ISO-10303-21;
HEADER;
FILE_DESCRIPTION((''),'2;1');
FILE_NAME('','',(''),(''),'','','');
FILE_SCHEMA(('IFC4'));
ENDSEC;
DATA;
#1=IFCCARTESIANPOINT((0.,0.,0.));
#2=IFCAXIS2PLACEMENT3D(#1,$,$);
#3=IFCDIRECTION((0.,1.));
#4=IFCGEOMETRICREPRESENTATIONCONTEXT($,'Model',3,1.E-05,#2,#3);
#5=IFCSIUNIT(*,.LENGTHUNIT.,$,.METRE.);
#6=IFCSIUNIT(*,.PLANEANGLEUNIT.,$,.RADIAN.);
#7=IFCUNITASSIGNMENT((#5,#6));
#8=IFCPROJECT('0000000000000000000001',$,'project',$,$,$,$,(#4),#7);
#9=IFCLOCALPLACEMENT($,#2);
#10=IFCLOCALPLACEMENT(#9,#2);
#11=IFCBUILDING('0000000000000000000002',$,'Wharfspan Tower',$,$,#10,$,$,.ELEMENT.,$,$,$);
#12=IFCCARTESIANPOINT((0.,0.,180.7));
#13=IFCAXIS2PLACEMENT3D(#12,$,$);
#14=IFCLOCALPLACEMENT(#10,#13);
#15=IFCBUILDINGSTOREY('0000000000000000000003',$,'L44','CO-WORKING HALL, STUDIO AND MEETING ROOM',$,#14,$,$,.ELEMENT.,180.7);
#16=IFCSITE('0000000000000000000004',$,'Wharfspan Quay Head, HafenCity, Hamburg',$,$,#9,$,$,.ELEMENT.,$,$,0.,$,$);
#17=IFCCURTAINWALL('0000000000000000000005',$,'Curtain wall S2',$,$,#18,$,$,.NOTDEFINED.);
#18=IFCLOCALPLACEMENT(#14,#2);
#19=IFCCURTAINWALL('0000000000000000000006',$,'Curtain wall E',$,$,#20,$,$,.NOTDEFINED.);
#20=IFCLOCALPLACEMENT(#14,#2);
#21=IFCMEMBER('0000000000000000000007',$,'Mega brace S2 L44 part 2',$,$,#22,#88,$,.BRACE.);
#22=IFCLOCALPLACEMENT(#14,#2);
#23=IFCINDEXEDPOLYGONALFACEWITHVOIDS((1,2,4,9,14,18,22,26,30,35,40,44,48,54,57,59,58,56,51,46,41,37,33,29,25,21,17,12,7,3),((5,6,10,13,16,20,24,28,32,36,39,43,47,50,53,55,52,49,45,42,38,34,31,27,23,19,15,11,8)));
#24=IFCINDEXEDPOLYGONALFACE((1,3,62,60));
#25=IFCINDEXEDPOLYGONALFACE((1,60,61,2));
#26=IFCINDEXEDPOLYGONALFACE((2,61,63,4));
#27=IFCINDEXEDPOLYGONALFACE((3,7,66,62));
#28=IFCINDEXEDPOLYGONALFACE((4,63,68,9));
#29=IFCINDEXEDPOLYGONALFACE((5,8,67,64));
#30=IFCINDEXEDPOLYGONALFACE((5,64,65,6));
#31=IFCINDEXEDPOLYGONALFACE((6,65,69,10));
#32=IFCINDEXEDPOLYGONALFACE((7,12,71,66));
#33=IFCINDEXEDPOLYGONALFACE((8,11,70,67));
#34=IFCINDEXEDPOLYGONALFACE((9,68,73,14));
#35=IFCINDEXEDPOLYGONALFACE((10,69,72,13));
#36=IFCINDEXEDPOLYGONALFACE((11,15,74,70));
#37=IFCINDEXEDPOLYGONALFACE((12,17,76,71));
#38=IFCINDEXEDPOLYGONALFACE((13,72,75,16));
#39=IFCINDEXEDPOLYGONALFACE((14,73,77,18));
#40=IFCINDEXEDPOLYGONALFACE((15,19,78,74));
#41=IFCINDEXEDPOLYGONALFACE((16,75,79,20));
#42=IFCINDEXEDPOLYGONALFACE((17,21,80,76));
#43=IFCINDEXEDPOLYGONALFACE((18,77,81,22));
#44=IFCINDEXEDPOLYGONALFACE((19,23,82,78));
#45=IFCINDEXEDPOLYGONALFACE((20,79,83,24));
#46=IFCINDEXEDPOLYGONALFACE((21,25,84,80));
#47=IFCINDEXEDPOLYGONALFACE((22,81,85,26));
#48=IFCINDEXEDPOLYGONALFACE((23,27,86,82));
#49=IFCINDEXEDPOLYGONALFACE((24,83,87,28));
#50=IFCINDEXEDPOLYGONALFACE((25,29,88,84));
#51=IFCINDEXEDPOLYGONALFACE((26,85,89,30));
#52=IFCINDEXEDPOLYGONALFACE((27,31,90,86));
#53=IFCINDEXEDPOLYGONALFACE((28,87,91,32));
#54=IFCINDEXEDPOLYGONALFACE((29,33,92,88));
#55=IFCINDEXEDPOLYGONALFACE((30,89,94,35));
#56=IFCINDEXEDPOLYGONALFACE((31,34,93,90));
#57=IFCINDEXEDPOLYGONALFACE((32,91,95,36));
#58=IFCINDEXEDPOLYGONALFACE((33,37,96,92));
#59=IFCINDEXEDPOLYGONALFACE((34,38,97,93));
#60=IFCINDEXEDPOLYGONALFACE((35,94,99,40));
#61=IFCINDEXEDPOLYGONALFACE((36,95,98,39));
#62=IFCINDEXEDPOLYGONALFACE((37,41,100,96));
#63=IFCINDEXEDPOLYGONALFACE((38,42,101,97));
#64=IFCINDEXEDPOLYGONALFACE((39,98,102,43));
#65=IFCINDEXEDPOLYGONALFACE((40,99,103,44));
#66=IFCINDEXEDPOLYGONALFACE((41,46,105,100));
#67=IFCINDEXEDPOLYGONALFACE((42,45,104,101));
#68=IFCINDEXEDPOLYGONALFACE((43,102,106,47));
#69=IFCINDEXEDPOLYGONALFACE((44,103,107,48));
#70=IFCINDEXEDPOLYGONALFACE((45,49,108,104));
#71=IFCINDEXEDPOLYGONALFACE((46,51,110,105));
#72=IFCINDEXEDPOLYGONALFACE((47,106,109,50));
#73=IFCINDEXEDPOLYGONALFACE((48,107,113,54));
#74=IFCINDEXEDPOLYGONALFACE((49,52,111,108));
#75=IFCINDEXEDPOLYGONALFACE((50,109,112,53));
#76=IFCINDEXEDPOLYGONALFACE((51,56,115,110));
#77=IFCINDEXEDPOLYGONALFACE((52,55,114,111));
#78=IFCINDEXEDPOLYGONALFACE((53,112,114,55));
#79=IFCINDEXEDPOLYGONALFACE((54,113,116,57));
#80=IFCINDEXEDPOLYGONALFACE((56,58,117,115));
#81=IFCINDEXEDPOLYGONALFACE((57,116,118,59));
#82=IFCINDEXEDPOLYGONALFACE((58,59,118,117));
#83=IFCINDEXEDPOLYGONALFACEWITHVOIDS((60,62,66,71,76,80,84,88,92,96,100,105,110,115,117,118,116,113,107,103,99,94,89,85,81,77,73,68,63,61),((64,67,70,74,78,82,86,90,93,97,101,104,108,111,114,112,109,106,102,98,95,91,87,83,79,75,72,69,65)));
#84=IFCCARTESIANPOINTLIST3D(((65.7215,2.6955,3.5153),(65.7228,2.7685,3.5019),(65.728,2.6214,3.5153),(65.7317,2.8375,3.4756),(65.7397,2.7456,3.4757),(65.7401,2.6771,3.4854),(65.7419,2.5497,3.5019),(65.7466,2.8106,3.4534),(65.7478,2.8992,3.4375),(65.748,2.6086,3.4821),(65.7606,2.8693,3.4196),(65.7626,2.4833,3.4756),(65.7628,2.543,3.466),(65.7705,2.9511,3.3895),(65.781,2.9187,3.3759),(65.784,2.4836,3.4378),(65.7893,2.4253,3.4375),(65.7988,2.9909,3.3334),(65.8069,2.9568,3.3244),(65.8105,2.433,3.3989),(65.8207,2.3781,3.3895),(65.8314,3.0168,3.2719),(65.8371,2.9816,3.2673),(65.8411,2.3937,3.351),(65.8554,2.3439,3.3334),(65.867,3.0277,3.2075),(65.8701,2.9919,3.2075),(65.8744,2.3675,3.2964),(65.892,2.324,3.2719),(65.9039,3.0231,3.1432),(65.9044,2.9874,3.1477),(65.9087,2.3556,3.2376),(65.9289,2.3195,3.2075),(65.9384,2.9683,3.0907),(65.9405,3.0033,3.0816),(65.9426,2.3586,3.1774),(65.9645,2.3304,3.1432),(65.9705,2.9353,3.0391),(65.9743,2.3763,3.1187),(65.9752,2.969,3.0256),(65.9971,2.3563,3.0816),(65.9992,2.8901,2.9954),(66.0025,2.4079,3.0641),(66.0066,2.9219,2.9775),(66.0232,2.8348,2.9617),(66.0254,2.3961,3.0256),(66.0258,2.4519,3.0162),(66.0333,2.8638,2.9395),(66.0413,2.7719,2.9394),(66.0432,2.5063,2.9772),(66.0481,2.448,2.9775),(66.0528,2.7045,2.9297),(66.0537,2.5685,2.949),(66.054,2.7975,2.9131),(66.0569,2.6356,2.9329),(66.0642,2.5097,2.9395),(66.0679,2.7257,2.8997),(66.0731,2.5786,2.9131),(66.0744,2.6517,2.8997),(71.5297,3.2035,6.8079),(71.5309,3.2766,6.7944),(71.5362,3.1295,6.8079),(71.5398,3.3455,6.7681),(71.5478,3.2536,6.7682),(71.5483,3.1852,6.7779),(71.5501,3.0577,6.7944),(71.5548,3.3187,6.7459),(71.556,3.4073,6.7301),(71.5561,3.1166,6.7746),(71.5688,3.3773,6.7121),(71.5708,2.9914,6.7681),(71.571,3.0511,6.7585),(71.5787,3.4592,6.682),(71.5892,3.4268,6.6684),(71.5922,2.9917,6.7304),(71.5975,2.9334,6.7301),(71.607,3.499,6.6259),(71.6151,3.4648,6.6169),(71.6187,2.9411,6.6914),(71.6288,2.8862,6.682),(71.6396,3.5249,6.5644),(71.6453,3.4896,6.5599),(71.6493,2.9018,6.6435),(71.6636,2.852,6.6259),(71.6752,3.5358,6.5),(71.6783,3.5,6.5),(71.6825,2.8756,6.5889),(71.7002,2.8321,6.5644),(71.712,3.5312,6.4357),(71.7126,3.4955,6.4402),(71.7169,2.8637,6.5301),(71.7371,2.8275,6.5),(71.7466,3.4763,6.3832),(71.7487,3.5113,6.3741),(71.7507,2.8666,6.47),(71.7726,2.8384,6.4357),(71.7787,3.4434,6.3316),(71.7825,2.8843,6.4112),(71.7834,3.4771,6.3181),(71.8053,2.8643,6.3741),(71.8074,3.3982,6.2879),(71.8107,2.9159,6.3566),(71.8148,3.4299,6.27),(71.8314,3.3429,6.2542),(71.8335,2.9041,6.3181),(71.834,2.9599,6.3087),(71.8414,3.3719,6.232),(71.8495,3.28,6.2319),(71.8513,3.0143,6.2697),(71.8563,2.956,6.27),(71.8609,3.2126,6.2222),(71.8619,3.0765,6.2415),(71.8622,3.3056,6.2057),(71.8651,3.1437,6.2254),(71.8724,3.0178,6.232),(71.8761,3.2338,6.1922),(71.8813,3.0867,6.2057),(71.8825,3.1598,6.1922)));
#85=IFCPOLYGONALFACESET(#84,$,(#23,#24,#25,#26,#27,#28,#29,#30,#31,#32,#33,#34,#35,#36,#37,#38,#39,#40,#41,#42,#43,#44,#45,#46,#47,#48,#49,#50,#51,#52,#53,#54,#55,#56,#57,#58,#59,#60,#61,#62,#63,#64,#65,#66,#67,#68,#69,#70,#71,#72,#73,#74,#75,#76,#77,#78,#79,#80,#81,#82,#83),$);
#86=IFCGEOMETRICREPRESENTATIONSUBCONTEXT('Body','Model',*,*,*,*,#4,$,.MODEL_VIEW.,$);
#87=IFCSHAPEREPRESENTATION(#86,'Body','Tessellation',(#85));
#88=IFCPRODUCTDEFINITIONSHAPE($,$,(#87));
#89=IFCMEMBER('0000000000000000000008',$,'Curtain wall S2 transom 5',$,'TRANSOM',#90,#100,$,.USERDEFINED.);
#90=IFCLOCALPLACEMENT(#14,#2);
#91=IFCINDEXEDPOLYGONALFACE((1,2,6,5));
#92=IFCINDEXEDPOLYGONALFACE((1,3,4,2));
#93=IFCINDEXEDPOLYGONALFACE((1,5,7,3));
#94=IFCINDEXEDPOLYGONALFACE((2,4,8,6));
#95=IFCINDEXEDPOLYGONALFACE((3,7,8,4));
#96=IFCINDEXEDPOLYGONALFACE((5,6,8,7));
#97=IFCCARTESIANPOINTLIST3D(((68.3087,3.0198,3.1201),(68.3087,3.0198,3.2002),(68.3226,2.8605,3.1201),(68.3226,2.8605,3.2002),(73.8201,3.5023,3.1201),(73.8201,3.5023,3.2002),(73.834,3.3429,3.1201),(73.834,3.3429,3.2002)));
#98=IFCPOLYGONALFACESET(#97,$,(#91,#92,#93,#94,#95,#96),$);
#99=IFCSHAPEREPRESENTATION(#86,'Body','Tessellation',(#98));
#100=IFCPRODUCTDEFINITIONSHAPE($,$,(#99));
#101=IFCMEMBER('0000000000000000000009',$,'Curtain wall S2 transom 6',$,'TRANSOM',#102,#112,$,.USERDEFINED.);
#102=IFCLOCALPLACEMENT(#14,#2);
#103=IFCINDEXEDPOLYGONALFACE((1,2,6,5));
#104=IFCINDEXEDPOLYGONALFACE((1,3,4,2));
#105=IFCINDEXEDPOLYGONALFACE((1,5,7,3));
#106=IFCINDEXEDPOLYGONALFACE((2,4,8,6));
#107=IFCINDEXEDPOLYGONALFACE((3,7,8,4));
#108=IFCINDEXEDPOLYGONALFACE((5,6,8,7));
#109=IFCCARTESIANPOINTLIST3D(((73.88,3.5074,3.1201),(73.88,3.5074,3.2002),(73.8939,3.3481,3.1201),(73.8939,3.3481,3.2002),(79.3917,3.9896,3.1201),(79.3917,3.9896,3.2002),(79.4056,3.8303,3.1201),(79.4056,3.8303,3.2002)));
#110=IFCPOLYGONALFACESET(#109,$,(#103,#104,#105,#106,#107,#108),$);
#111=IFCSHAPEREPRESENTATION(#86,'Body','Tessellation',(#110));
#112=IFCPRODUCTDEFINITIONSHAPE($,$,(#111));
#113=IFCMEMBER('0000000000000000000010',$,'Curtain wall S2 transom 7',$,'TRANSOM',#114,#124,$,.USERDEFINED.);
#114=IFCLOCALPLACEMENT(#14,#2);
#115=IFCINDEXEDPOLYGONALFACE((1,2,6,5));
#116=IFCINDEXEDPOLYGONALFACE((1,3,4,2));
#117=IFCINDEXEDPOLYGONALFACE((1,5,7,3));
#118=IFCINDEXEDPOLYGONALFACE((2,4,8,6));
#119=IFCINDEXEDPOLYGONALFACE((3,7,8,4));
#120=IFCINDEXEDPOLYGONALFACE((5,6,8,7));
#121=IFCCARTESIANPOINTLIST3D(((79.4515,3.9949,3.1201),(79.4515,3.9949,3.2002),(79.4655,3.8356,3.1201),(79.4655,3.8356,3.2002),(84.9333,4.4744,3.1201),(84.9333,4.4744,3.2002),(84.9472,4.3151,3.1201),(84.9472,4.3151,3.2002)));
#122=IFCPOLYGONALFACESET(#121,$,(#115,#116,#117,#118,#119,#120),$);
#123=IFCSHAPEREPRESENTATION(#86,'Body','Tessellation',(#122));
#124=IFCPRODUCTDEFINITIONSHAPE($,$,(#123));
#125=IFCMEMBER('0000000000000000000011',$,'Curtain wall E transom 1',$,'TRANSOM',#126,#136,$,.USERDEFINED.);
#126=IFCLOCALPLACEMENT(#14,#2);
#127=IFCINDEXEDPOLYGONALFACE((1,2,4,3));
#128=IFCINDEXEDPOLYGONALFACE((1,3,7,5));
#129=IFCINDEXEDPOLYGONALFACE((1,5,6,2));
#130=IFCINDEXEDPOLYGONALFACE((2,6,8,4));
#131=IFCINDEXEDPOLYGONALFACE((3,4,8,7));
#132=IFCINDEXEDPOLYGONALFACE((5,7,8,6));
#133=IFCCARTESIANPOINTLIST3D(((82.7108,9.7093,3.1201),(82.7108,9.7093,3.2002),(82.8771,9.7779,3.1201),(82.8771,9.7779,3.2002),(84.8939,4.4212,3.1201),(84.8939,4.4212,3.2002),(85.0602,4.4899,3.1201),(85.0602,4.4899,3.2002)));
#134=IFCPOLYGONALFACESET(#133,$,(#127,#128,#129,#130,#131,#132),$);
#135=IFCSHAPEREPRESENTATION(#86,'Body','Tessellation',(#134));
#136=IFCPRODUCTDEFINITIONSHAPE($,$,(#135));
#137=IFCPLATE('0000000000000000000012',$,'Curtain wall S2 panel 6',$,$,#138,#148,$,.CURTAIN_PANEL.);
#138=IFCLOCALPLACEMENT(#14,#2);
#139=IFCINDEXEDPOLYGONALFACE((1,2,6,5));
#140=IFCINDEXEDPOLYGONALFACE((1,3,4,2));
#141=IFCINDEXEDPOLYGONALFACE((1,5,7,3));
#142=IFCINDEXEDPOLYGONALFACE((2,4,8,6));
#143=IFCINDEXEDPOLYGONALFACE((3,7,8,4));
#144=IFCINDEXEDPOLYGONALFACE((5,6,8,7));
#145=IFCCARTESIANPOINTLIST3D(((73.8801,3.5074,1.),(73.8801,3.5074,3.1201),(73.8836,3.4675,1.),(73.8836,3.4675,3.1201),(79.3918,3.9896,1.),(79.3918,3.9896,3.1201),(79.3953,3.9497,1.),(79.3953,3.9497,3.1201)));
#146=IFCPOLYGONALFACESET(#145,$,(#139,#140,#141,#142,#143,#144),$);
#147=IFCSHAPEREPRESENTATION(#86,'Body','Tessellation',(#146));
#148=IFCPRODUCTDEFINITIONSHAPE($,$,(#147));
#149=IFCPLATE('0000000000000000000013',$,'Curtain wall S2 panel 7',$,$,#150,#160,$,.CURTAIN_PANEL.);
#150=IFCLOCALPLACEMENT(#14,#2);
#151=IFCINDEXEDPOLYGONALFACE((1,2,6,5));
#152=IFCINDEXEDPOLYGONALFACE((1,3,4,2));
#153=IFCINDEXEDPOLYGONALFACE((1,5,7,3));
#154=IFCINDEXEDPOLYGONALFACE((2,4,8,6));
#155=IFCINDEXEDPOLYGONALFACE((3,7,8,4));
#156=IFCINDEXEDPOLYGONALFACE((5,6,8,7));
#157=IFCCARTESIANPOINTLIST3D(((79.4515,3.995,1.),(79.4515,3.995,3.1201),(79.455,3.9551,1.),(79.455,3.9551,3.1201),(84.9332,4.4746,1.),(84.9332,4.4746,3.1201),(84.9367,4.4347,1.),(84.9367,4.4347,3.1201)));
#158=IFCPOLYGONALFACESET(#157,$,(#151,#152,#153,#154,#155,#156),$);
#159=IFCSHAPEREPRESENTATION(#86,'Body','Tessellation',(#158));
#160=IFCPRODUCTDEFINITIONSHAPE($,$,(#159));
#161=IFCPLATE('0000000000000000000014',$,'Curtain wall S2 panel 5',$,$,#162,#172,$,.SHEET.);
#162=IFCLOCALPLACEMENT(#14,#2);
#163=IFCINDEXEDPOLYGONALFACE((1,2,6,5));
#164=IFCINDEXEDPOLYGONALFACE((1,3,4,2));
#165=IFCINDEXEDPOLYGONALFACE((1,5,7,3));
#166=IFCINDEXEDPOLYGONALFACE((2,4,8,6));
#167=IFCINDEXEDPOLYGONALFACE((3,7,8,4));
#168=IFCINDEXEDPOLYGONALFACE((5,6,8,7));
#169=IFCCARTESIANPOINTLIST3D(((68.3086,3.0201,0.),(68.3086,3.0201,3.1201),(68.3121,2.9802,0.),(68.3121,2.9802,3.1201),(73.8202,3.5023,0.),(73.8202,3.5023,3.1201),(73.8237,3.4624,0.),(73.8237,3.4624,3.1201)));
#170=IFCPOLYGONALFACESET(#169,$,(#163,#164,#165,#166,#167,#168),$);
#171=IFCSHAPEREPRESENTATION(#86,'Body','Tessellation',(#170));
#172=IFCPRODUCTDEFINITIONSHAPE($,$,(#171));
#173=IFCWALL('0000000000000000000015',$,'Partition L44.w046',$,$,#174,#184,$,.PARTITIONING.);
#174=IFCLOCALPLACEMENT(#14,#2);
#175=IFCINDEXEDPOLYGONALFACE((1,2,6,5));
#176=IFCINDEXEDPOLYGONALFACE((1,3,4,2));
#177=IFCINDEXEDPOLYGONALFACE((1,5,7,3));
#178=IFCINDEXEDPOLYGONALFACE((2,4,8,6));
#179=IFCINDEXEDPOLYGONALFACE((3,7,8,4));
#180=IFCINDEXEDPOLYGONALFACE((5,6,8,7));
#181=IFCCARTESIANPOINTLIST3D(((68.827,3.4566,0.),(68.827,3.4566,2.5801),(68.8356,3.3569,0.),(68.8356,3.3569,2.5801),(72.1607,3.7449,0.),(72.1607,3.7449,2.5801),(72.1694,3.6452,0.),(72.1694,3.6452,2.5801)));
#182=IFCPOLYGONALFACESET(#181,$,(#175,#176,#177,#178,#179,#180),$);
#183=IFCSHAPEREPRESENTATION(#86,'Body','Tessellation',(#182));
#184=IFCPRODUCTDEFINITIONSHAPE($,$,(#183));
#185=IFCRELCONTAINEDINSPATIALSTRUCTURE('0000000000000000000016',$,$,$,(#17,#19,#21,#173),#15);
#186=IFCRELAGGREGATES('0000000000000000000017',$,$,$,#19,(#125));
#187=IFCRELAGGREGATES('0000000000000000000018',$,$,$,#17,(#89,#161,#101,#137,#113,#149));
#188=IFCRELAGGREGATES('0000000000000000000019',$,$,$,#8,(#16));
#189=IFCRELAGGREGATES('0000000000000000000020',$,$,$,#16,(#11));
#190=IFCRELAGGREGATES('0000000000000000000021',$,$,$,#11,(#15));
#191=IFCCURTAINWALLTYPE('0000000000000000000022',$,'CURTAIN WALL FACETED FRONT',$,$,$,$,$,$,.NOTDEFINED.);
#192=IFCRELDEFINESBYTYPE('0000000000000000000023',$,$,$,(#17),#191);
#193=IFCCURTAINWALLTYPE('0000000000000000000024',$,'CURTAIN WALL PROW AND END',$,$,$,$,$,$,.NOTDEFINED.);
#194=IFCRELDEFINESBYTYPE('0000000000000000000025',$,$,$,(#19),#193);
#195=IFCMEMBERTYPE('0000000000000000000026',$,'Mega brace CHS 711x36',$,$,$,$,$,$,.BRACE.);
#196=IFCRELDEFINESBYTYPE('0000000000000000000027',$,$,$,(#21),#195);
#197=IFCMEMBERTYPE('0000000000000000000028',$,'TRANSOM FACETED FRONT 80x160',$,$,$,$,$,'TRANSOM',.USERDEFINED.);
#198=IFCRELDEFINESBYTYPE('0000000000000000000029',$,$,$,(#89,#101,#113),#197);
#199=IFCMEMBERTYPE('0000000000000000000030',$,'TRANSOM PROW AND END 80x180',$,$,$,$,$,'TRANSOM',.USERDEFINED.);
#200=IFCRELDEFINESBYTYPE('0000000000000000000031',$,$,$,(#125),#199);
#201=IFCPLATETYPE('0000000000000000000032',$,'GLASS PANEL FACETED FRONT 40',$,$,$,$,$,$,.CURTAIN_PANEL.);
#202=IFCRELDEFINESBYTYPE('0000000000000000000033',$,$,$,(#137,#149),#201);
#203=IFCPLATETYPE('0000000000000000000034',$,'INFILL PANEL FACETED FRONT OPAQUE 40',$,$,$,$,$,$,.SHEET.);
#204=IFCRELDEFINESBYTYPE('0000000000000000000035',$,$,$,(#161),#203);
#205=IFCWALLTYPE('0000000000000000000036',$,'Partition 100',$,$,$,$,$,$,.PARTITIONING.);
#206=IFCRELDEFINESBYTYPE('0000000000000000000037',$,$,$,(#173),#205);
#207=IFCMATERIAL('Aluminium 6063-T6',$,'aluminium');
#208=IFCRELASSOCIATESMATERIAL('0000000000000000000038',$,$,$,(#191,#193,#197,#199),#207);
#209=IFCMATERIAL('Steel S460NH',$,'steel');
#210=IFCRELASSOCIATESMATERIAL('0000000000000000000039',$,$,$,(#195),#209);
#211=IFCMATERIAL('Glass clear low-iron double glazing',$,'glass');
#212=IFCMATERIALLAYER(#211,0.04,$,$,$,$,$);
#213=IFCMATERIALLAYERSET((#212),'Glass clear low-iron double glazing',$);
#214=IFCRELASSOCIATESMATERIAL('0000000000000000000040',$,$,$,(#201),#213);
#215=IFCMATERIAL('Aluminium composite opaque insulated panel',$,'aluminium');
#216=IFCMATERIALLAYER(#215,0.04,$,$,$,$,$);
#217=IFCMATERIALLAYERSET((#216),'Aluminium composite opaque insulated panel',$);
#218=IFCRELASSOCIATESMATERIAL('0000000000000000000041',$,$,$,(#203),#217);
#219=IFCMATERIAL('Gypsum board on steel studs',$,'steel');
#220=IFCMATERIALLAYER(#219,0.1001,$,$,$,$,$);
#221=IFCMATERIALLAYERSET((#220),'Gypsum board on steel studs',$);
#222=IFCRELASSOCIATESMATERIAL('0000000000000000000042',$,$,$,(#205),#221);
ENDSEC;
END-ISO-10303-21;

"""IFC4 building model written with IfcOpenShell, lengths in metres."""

from ifc_helpers import new_model, si_unit, direction, frame, frame_2d, origin, origin_2d, place, context, subcontext, project, spatial, rectangle, hollow_circle, extrude, material, layer, layer_set, material_profile, profile_set, type_object, element, aggregate, save


model = new_model("IFC4")

# Units and contexts
model_context = context("Model", 3, precision=1e-05, world=origin(), true_north=direction((0.0, 1.0)))
body_context = subcontext(model_context, "Body", "Model", "MODEL_VIEW")
ifc_project = project(units=[si_unit("LENGTHUNIT", "METRE"), si_unit("PLANEANGLEUNIT", "RADIAN")], contexts=[model_context])

# Site, building, storey
site_placement = place(None, origin())
site = spatial("IfcSite", under=ifc_project, at=site_placement, Name="Wharfspan Quay Head, HafenCity, Hamburg", CompositionType="ELEMENT", RefElevation=0.0)
building_placement = place(site_placement, origin())
building = spatial("IfcBuilding", under=site, at=building_placement, Name="Wharfspan Tower", CompositionType="ELEMENT")
storey_placement = place(building_placement, frame((0.0, 0.0, 180.7)))
storey = spatial("IfcBuildingStorey", under=building, at=storey_placement, Name="L44", Description="CO-WORKING HALL, STUDIO AND MEETING ROOM", CompositionType="ELEMENT", Elevation=180.7)

# Curtain wall
ifc_material_1 = material(Name="Aluminium 6063-T6", Category="aluminium")
curtain_wall_type_1 = type_object("IfcCurtainWallType", Name="CURTAIN WALL FACETED FRONT", PredefinedType="NOTDEFINED", material=ifc_material_1)
curtain_wall_1_placement = place(storey_placement, origin())
curtain_wall_1 = element("IfcCurtainWall", 1, at=curtain_wall_1_placement, inside=storey, type_object=curtain_wall_type_1, Name="Curtain wall S2", PredefinedType="NOTDEFINED")

# Curtain wall
curtain_wall_type_2 = type_object("IfcCurtainWallType", Name="CURTAIN WALL PROW AND END", PredefinedType="NOTDEFINED", material=ifc_material_1)
curtain_wall_2_placement = place(storey_placement, origin())
curtain_wall_2 = element("IfcCurtainWall", 2, at=curtain_wall_2_placement, inside=storey, type_object=curtain_wall_type_2, Name="Curtain wall E", PredefinedType="NOTDEFINED")

# Members
ifc_material_2 = material(Name="Steel S460NH", Category="steel")
ifc_material_profile_1 = material_profile(ifc_material_2, hollow_circle(Radius=0.3555, WallThickness=0.0359, at=origin_2d()))
ifc_profile_set_1 = profile_set([ifc_material_profile_1], Name="Steel S460NH")
member_type_1 = type_object("IfcMemberType", Name="Mega brace CHS 711x36", PredefinedType="BRACE", material=ifc_profile_set_1)
member_1_placement = place(storey_placement, frame((65.8979, 2.6736, 3.2075), z_axis=(0.867436, 0.075878, 0.491729), x_axis=(-0.08714, 0.996196, -0.000002)))
element("IfcMember", 3, at=member_1_placement, inside=storey, type_object=member_type_1, Name="Mega brace S2 L44 part 2", PredefinedType="BRACE", context=body_context, shape_type="SweptSolid", body=[
    extrude(hollow_circle(Radius=0.3555, WallThickness=0.0359, at=origin_2d()), origin(), (0.0, 0.0, 1.0), 6.6958),
])
ifc_material_profile_2 = material_profile(ifc_material_1, rectangle(XDim=0.1599, YDim=0.0801, at=origin_2d()))
ifc_profile_set_2 = profile_set([ifc_material_profile_2], Name="Aluminium 6063-T6")
member_type_2 = type_object("IfcMemberType", Name="TRANSOM FACETED FRONT 80x160", ElementType="TRANSOM", PredefinedType="USERDEFINED", material=ifc_profile_set_2)
member_2_placement = place(storey_placement, frame((68.3157, 2.9402, 3.1602), z_axis=(0.996191, 0.087197, 0.0), x_axis=(-0.087197, 0.996191, 0.0)))
member_2 = element("IfcMember", 4, at=member_2_placement, type_object=member_type_2, Name="Curtain wall S2 transom 5", ObjectType="TRANSOM", PredefinedType="USERDEFINED", context=body_context, shape_type="SweptSolid", body=[
    extrude(rectangle(XDim=0.1599, YDim=0.0801, at=origin_2d()), origin(), (0.0, 0.0, 1.0), 5.5325),
])
member_3_placement = place(storey_placement, frame((73.887, 3.4277, 3.1602), z_axis=(0.996195, 0.087149, 0.0), x_axis=(-0.087149, 0.996195, 0.0)))
member_3 = element("IfcMember", 5, at=member_3_placement, type_object=member_type_2, Name="Curtain wall S2 transom 6", ObjectType="TRANSOM", PredefinedType="USERDEFINED", context=body_context, shape_type="SweptSolid", body=[
    extrude(rectangle(XDim=0.1599, YDim=0.0801, at=origin_2d()), origin(), (0.0, 0.0, 1.0), 5.5327),
])
member_4_placement = place(storey_placement, frame((79.4585, 3.9153, 3.1602), z_axis=(0.996196, 0.087139, 0.0), x_axis=(-0.087139, 0.996196, 0.0)))
member_4 = element("IfcMember", 6, at=member_4_placement, type_object=member_type_2, Name="Curtain wall S2 transom 7", ObjectType="TRANSOM", PredefinedType="USERDEFINED", context=body_context, shape_type="SweptSolid", body=[
    extrude(rectangle(XDim=0.1599, YDim=0.0801, at=origin_2d()), origin(), (0.0, 0.0, 1.0), 5.5027),
])
ifc_material_profile_3 = material_profile(ifc_material_1, rectangle(XDim=0.1799, YDim=0.0801, at=origin_2d()))
ifc_profile_set_3 = profile_set([ifc_material_profile_3], Name="Aluminium 6063-T6")
member_type_3 = type_object("IfcMemberType", Name="TRANSOM PROW AND END 80x180", ElementType="TRANSOM", PredefinedType="USERDEFINED", material=ifc_profile_set_3)
member_5_placement = place(storey_placement, frame((84.9771, 4.4556, 3.1602), z_axis=(-0.381595, 0.924329, 0.0), x_axis=(-0.924329, -0.381595, 0.0)))
member_5 = element("IfcMember", 7, at=member_5_placement, type_object=member_type_3, Name="Curtain wall E transom 1", ObjectType="TRANSOM", PredefinedType="USERDEFINED", context=body_context, shape_type="SweptSolid", body=[
    extrude(rectangle(XDim=0.1799, YDim=0.0801, at=origin_2d()), origin(), (0.0, 0.0, 1.0), 5.7209),
])
aggregate(curtain_wall_2, [member_5])

# Plates
ifc_material_3 = material(Name="Glass clear low-iron double glazing", Category="glass")
ifc_layer_1 = layer(ifc_material_3, 0.04)
ifc_layer_set_1 = layer_set([ifc_layer_1], Name="Glass clear low-iron double glazing")
plate_type_1 = type_object("IfcPlateType", Name="GLASS PANEL FACETED FRONT 40", PredefinedType="CURTAIN_PANEL", material=ifc_layer_set_1)
plate_1_placement = place(storey_placement, frame((76.6377, 3.7285, 1.0), z_axis=(0.0, 0.0, 1.0), x_axis=(0.996198, 0.087156, 0.0)))
plate_1 = element("IfcPlate", 8, at=plate_1_placement, type_object=plate_type_1, Name="Curtain wall S2 panel 6", PredefinedType="CURTAIN_PANEL", context=body_context, shape_type="SweptSolid", body=[
    extrude(rectangle(XDim=5.5327, YDim=0.04, at=origin_2d()), origin(), (0.0, 0.0, 1.0), 2.1201),
])
plate_2_placement = place(storey_placement, frame((82.1941, 4.2148, 1.0), z_axis=(0.0, 0.0, 1.0), x_axis=(0.996198, 0.087156, 0.0)))
plate_2 = element("IfcPlate", 9, at=plate_2_placement, type_object=plate_type_1, Name="Curtain wall S2 panel 7", PredefinedType="CURTAIN_PANEL", context=body_context, shape_type="SweptSolid", body=[
    extrude(rectangle(XDim=5.5027, YDim=0.04, at=origin_2d()), origin(), (0.0, 0.0, 1.0), 2.1201),
])
ifc_material_4 = material(Name="Aluminium composite opaque insulated panel", Category="aluminium")
ifc_layer_2 = layer(ifc_material_4, 0.04)
ifc_layer_set_2 = layer_set([ifc_layer_2], Name="Aluminium composite opaque insulated panel")
plate_type_2 = type_object("IfcPlateType", Name="INFILL PANEL FACETED FRONT OPAQUE 40", PredefinedType="SHEET", material=ifc_layer_set_2)
plate_3_placement = place(storey_placement, frame((71.0662, 3.2412, 0.0), z_axis=(0.0, 0.0, 1.0), x_axis=(0.996198, 0.087156, 0.0)))
plate_3 = element("IfcPlate", 10, at=plate_3_placement, type_object=plate_type_2, Name="Curtain wall S2 panel 5", PredefinedType="SHEET", context=body_context, shape_type="SweptSolid", body=[
    extrude(rectangle(XDim=5.5327, YDim=0.04, at=origin_2d()), origin(), (0.0, 0.0, 1.0), 3.1201),
])
aggregate(curtain_wall_1, [member_2, plate_3, member_3, plate_1, member_4, plate_2])

# Wall
ifc_material_5 = material(Name="Gypsum board on steel studs", Category="steel")
ifc_layer_3 = layer(ifc_material_5, 0.1001)
ifc_layer_set_3 = layer_set([ifc_layer_3], Name="Gypsum board on steel studs")
wall_type_1 = type_object("IfcWallType", Name="Partition 100", PredefinedType="PARTITIONING", material=ifc_layer_set_3)
wall_1_placement = place(storey_placement, frame((68.8313, 3.4067, 0.0), z_axis=(0.0, 0.0, 1.0), x_axis=(0.996283, 0.086167, 0.0)))
element("IfcWall", 11, at=wall_1_placement, inside=storey, type_object=wall_type_1, Name="Partition L44.w046", PredefinedType="PARTITIONING", context=body_context, shape_type="SweptSolid", body=[
    extrude(rectangle(XDim=3.3462, YDim=0.1001, at=frame_2d((1.6731, 0.0))), origin(), (0.0, 0.0, 1.0), 2.5801),
])

save(model, "model.ifc")
